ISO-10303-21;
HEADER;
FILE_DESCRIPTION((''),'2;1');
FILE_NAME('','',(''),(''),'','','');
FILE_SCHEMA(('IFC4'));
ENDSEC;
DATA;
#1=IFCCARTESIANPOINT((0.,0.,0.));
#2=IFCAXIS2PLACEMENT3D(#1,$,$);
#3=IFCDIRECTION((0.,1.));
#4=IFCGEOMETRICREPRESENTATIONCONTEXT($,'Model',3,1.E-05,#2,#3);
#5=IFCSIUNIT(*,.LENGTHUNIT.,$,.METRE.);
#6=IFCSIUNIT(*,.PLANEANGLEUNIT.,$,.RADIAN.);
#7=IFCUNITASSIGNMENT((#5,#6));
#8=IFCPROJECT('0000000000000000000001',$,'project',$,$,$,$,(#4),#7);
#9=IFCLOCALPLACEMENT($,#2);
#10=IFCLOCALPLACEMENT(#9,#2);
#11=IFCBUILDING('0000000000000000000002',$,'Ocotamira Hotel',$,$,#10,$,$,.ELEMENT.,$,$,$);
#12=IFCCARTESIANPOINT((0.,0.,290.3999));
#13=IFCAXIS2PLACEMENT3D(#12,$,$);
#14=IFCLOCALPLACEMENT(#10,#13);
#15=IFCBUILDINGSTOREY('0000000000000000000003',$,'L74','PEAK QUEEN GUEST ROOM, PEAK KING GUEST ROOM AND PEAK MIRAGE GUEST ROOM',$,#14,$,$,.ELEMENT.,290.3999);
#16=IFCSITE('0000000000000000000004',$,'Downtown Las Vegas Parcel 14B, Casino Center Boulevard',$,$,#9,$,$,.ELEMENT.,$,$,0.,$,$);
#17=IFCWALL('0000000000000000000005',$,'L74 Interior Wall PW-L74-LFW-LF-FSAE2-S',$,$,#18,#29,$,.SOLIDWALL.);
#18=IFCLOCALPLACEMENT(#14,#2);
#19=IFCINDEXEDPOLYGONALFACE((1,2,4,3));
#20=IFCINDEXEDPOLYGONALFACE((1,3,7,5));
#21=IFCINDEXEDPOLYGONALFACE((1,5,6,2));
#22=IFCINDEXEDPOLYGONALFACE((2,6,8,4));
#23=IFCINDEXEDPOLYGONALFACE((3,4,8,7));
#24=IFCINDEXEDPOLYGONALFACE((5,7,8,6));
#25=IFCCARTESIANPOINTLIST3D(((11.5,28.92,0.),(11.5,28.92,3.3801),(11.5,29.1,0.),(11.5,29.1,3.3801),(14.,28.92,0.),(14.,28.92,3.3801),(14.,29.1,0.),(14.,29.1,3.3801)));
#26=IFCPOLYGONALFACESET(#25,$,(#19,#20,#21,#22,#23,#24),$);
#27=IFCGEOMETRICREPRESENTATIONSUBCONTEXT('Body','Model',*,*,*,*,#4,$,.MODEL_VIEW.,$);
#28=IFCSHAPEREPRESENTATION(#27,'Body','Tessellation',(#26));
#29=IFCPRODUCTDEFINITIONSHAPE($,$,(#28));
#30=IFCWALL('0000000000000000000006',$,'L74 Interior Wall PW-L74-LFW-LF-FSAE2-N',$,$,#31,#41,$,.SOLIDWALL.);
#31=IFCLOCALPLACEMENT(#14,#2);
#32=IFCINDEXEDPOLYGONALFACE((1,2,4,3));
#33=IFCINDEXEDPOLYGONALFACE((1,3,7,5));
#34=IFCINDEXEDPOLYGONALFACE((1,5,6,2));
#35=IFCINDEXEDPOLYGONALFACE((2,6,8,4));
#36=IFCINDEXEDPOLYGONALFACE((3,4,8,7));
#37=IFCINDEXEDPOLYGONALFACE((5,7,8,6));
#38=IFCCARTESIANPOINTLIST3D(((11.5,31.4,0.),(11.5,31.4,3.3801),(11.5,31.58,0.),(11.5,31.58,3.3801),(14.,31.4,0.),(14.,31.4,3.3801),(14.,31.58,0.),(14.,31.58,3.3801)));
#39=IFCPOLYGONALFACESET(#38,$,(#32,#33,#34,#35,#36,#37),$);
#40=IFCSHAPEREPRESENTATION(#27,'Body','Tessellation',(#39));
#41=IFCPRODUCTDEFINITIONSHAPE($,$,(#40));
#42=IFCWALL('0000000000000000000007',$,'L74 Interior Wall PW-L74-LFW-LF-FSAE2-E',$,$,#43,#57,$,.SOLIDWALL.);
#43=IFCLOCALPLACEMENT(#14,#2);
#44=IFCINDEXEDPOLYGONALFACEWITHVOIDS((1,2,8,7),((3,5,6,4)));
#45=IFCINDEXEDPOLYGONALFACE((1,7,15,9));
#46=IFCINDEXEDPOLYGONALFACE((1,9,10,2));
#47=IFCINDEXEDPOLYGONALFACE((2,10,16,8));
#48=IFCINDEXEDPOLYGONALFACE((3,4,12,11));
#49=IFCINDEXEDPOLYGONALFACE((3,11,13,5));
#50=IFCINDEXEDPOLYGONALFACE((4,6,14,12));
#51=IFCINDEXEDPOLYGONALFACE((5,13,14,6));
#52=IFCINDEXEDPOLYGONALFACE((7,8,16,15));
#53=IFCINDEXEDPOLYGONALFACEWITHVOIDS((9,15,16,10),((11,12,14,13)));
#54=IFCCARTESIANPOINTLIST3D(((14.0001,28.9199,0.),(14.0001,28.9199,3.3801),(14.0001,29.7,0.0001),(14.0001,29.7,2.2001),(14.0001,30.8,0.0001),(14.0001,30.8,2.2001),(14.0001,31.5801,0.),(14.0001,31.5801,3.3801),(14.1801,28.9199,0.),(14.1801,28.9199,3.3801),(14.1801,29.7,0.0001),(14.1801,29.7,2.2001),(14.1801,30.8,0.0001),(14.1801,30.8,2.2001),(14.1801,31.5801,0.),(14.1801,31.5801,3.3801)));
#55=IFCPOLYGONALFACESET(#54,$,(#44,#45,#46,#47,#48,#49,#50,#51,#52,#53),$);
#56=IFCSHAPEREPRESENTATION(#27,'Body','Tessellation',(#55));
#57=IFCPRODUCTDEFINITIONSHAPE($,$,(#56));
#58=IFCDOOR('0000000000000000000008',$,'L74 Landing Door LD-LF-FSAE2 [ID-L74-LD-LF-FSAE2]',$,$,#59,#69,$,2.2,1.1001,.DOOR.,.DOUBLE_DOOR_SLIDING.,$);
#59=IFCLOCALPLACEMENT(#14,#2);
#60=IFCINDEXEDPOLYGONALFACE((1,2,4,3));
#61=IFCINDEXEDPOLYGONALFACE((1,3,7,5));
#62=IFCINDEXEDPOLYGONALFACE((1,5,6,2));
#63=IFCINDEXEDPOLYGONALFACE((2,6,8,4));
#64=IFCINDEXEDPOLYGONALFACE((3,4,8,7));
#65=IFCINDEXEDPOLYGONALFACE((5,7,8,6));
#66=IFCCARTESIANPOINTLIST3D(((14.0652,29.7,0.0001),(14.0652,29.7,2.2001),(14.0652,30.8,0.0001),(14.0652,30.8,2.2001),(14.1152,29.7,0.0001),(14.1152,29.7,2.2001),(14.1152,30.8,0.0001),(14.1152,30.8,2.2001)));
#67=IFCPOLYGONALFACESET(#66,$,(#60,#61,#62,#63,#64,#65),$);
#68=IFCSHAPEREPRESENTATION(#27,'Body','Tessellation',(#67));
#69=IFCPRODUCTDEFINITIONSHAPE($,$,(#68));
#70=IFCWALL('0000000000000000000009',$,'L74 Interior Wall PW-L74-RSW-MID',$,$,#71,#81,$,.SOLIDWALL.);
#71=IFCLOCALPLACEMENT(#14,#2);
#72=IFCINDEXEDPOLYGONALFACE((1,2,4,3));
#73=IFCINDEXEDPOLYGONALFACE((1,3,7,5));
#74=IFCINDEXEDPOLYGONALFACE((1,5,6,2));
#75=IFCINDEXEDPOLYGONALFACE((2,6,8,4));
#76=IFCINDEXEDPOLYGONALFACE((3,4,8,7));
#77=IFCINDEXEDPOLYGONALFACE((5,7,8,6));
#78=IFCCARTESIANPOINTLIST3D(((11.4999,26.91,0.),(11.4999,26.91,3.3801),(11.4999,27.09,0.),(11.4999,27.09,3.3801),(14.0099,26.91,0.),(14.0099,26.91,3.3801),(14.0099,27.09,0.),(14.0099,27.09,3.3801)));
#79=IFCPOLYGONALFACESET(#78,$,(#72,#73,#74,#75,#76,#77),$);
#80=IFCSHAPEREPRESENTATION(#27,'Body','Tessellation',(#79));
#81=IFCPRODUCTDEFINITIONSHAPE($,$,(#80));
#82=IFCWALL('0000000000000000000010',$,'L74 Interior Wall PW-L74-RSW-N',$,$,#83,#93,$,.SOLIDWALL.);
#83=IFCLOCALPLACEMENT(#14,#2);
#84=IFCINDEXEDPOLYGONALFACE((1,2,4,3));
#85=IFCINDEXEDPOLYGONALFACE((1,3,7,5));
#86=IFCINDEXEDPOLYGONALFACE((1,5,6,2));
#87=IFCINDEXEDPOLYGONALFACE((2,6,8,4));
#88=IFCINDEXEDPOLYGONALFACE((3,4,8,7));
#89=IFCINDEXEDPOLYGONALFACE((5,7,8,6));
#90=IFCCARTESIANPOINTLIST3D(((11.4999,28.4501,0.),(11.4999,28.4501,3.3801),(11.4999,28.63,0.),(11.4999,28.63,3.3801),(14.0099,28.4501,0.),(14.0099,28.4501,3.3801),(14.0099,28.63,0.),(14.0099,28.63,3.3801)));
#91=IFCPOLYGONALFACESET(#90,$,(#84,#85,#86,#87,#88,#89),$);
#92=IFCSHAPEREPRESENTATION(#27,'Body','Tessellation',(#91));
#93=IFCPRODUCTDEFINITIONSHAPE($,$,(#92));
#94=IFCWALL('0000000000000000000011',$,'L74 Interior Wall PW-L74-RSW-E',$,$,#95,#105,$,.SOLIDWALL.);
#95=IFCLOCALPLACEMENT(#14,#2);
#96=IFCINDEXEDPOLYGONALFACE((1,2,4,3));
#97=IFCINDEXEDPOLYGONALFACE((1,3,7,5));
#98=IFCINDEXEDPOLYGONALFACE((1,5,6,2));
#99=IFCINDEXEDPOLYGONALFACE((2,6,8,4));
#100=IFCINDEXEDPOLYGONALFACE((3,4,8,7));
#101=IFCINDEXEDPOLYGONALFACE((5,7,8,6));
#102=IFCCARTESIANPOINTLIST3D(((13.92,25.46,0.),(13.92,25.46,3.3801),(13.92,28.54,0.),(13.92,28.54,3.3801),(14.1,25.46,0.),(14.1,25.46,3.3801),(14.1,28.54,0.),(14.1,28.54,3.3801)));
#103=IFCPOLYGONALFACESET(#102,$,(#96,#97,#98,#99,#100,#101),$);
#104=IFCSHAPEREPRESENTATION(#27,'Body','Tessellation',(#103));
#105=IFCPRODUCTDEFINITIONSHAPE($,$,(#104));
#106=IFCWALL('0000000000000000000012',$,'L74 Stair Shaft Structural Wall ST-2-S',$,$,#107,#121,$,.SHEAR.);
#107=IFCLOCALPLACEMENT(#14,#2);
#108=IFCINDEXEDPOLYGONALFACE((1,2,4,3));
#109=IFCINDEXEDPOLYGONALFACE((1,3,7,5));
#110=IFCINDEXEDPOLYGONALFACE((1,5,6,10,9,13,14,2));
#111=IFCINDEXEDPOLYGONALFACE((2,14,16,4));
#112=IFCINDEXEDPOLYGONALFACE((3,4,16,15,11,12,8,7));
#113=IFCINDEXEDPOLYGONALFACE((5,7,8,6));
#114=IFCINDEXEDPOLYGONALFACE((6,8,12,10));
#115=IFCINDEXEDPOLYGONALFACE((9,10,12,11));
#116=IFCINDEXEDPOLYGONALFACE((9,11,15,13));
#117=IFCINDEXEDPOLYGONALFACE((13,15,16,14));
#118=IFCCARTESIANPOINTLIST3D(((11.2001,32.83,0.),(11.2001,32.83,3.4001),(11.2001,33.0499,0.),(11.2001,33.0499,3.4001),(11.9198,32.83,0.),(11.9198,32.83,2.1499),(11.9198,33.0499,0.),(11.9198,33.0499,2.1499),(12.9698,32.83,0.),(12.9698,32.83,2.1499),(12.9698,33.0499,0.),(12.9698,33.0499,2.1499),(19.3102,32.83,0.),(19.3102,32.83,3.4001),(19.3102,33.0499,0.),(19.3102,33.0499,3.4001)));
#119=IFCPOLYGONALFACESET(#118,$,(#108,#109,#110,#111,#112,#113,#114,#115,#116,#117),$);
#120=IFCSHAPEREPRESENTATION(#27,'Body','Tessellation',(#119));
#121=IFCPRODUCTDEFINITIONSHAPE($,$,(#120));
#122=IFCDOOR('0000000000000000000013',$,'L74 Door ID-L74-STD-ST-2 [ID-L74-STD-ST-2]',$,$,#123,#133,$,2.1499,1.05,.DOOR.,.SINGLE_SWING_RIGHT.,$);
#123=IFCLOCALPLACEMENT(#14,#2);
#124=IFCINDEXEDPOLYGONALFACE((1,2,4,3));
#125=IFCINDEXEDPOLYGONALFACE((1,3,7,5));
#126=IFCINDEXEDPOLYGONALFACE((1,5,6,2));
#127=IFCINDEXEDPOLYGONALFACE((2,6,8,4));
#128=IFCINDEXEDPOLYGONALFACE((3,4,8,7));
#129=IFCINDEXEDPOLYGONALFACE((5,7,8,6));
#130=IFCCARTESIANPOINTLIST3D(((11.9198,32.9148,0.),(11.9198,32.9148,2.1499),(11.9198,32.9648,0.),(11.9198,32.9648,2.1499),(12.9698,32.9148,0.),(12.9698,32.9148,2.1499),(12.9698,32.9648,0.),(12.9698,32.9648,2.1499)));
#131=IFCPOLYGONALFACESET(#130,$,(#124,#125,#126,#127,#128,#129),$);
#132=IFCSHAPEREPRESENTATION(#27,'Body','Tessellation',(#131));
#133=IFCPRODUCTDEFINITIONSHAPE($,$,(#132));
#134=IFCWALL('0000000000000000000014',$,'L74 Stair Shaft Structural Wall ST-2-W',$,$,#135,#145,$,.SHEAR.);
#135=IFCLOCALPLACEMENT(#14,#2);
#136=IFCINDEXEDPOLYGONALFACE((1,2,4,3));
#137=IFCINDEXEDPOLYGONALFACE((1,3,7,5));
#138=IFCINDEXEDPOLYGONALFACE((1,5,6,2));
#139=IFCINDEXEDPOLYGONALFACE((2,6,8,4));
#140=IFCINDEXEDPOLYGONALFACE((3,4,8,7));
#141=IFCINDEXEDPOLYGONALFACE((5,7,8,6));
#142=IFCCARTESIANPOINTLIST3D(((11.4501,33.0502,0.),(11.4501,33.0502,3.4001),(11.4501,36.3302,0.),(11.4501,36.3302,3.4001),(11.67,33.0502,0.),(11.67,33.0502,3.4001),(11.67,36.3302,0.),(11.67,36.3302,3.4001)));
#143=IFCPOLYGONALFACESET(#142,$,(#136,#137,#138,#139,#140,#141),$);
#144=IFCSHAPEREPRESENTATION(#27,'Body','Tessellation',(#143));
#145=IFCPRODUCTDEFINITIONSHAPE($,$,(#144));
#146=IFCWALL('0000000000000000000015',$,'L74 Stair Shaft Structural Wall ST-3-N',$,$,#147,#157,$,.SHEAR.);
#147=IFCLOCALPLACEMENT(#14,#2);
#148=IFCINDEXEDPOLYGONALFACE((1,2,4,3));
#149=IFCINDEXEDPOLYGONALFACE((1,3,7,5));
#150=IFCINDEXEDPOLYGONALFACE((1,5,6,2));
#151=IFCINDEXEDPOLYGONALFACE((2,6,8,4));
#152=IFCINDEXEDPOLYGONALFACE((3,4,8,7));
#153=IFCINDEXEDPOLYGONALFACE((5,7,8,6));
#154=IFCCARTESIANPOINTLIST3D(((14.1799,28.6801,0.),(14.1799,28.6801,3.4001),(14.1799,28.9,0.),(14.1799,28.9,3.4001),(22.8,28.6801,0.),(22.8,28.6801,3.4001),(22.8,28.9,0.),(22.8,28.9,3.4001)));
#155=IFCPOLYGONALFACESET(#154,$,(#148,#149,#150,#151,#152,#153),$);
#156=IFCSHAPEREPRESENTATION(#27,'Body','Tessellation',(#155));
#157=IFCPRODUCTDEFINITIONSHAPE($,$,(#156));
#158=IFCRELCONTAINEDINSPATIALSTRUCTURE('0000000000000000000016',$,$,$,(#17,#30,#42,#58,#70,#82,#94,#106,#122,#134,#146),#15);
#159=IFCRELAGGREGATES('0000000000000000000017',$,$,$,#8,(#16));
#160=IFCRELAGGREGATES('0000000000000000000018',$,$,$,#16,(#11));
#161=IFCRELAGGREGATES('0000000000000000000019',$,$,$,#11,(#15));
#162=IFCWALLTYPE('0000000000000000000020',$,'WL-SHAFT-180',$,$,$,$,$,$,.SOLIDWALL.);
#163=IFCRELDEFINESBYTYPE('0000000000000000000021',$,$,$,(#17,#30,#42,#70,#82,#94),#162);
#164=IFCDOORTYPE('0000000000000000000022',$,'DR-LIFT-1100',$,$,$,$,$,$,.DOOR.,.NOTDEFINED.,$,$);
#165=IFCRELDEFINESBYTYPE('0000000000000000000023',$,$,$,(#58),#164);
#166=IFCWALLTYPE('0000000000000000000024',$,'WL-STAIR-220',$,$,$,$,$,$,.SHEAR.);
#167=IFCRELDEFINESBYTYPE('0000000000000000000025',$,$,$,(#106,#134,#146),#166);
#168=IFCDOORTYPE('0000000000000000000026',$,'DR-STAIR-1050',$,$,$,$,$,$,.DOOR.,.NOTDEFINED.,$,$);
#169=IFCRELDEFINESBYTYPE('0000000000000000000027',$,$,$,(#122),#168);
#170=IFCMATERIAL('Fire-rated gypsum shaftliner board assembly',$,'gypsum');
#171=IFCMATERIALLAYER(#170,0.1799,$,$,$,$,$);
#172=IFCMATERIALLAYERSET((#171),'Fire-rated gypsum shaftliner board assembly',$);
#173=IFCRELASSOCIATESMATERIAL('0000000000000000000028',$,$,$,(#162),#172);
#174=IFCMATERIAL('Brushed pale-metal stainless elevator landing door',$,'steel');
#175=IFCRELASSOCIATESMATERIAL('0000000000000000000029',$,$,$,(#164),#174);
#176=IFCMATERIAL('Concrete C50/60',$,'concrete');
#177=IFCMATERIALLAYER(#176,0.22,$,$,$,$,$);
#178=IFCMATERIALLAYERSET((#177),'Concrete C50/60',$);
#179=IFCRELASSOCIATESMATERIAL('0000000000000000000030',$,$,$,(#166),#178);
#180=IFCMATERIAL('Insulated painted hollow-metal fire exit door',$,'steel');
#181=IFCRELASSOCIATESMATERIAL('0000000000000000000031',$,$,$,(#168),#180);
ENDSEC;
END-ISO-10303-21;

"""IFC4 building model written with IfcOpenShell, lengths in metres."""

from ifc_helpers import new_model, si_unit, direction, frame, frame_2d, origin, place, context, subcontext, project, spatial, rectangle, extrude, source, transform, mapped, material, layer, layer_set, type_object, element, fill, save


model = new_model("IFC4")

# Units and contexts
model_context = context("Model", 3, precision=1e-05, world=origin(), true_north=direction((0.0, 1.0)))
body_context = subcontext(model_context, "Body", "Model", "MODEL_VIEW")
ifc_project = project(units=[si_unit("LENGTHUNIT", "METRE"), si_unit("PLANEANGLEUNIT", "RADIAN")], contexts=[model_context])

# Site, building, storey
site_placement = place(None, origin())
site = spatial("IfcSite", under=ifc_project, at=site_placement, Name="Downtown Las Vegas Parcel 14B, Casino Center Boulevard", CompositionType="ELEMENT", RefElevation=0.0)
building_placement = place(site_placement, origin())
building = spatial("IfcBuilding", under=site, at=building_placement, Name="Ocotamira Hotel", CompositionType="ELEMENT")
storey_placement = place(building_placement, frame((0.0, 0.0, 290.3999)))
storey = spatial("IfcBuildingStorey", under=building, at=storey_placement, Name="L74", Description="PEAK QUEEN GUEST ROOM, PEAK KING GUEST ROOM AND PEAK MIRAGE GUEST ROOM", CompositionType="ELEMENT", Elevation=290.3999)

# Walls
ifc_material_1 = material(Name="Fire-rated gypsum shaftliner board assembly", Category="gypsum")
ifc_layer_1 = layer(ifc_material_1, 0.1799)
ifc_layer_set_1 = layer_set([ifc_layer_1], Name="Fire-rated gypsum shaftliner board assembly")
wall_type_1 = type_object("IfcWallType", Name="WL-SHAFT-180", PredefinedType="SOLIDWALL", material=ifc_layer_set_1)
for number, where, z_axis, x_axis, name in (
    (1, (11.5, 29.01, 0.0), (0.0, 0.0, 1.0), (1.0, 0.0, 0.0), "L74 Interior Wall PW-L74-LFW-LF-FSAE2-S"),
    (2, (11.5, 31.49, 0.0), (0.0, 0.0, 1.0), (1.0, 0.0, 0.0), "L74 Interior Wall PW-L74-LFW-LF-FSAE2-N"),
):
    element("IfcWall", number, at=place(storey_placement, frame(where, z_axis=z_axis, x_axis=x_axis)), inside=storey, type_object=wall_type_1, Name=name, PredefinedType="SOLIDWALL", context=body_context, shape_type="SweptSolid", body=[
        extrude(rectangle(XDim=2.5, YDim=0.1799, at=frame_2d((1.25, 0.0))), origin(), (0.0, 0.0, 1.0), 3.3801),
    ])

# Wall, opening, door
wall_1_placement = place(storey_placement, frame((14.0901, 28.9199, 0.0), z_axis=(0.0, 0.0, 1.0), x_axis=(0.0, 1.0, 0.0)))
wall_1 = element("IfcWall", 3, at=wall_1_placement, inside=storey, type_object=wall_type_1, Name="L74 Interior Wall PW-L74-LFW-LF-FSAE2-E", PredefinedType="SOLIDWALL", context=body_context, shape_type="SweptSolid", body=[
    extrude(rectangle(XDim=2.6602, YDim=0.1799, at=frame_2d((1.3301, 0.0))), origin(), (0.0, 0.0, 1.0), 3.3801),
])
opening_1_placement = place(wall_1_placement, frame((0.78, 0.0, 0.0)))
opening_1 = element("IfcOpeningElement", 4, at=opening_1_placement, cuts=wall_1, PredefinedType="OPENING", context=body_context, shape_type="SweptSolid", body=[
    extrude(rectangle(XDim=1.1001, YDim=2.2, at=frame_2d((0.55, 1.1001))), frame((0.0, 0.1001, 0.0), z_axis=(0.0, -1.0, 0.0), x_axis=(1.0, 0.0, 0.0)), (0.0, 0.0, 1.0), 0.2),
])
ifc_material_2 = material(Name="Brushed pale-metal stainless elevator landing door", Category="steel")
door_type_1 = type_object("IfcDoorType", Name="DR-LIFT-1100", OperationType="NOTDEFINED", PredefinedType="DOOR", material=ifc_material_2)
shared_shape_1 = source(origin(), body_context, "Body", "SweptSolid", [
    extrude(rectangle(XDim=1.1001, YDim=2.2, at=frame_2d((0.55, 1.1001))), frame((0.0, 0.0249, 0.0), z_axis=(0.0, -1.0, 0.0), x_axis=(1.0, 0.0, 0.0)), (0.0, 0.0, 1.0), 0.05),
])
door_1_placement = place(opening_1_placement, origin())
door_1 = element("IfcDoor", 5, at=door_1_placement, inside=storey, type_object=door_type_1, Name="L74 Landing Door LD-LF-FSAE2 [ID-L74-LD-LF-FSAE2]", OperationType="DOUBLE_DOOR_SLIDING", OverallHeight=2.2, OverallWidth=1.1001, PredefinedType="DOOR", context=body_context, shape_type="MappedRepresentation", body=[
    mapped(shared_shape_1, transform((0.0, 0.0, 0.0), scale=1.0)),
])
fill(opening_1, door_1)

# Walls
for number, where, z_axis, x_axis, name in (
    (6, (11.5, 27.0, 0.0), (0.0, 0.0, 1.0), (1.0, 0.0, 0.0), "L74 Interior Wall PW-L74-RSW-MID"),
    (7, (11.5, 28.54, 0.0), (0.0, 0.0, 1.0), (1.0, 0.0, 0.0), "L74 Interior Wall PW-L74-RSW-N"),
):
    element("IfcWall", number, at=place(storey_placement, frame(where, z_axis=z_axis, x_axis=x_axis)), inside=storey, type_object=wall_type_1, Name=name, PredefinedType="SOLIDWALL", context=body_context, shape_type="SweptSolid", body=[
        extrude(rectangle(XDim=2.51, YDim=0.1799, at=frame_2d((1.2549, 0.0))), origin(), (0.0, 0.0, 1.0), 3.3801),
    ])
wall_2_placement = place(storey_placement, frame((14.01, 25.46, 0.0), z_axis=(0.0, 0.0, 1.0), x_axis=(0.0, 1.0, 0.0)))
element("IfcWall", 8, at=wall_2_placement, inside=storey, type_object=wall_type_1, Name="L74 Interior Wall PW-L74-RSW-E", PredefinedType="SOLIDWALL", context=body_context, shape_type="SweptSolid", body=[
    extrude(rectangle(XDim=3.0801, YDim=0.1799, at=frame_2d((1.54, 0.0))), origin(), (0.0, 0.0, 1.0), 3.3801),
])

# Wall, opening, door
ifc_material_3 = material(Name="Concrete C50/60", Category="concrete")
ifc_layer_2 = layer(ifc_material_3, 0.22)
ifc_layer_set_2 = layer_set([ifc_layer_2], Name="Concrete C50/60")
wall_type_2 = type_object("IfcWallType", Name="WL-STAIR-220", PredefinedType="SHEAR", material=ifc_layer_set_2)
wall_3_placement = place(storey_placement, frame((11.2, 32.9399, 0.0), z_axis=(0.0, 0.0, 1.0), x_axis=(1.0, 0.0, 0.0)))
wall_3 = element("IfcWall", 9, at=wall_3_placement, inside=storey, type_object=wall_type_2, Name="L74 Stair Shaft Structural Wall ST-2-S", PredefinedType="SHEAR", context=body_context, shape_type="SweptSolid", body=[
    extrude(rectangle(XDim=8.1101, YDim=0.22, at=frame_2d((4.0552, 0.0))), origin(), (0.0, 0.0, 1.0), 3.4001),
])
opening_2_placement = place(wall_3_placement, frame((0.72, 0.0, 0.0)))
opening_2 = element("IfcOpeningElement", 10, at=opening_2_placement, cuts=wall_3, PredefinedType="OPENING", context=body_context, shape_type="SweptSolid", body=[
    extrude(rectangle(XDim=1.05, YDim=2.1499, at=frame_2d((0.5249, 1.075))), frame((0.0, 0.1201, 0.0), z_axis=(0.0, -1.0, 0.0), x_axis=(1.0, 0.0, 0.0)), (0.0, 0.0, 1.0), 0.24),
])
ifc_material_4 = material(Name="Insulated painted hollow-metal fire exit door", Category="steel")
door_type_2 = type_object("IfcDoorType", Name="DR-STAIR-1050", OperationType="NOTDEFINED", PredefinedType="DOOR", material=ifc_material_4)
shared_shape_2 = source(origin(), body_context, "Body", "SweptSolid", [
    extrude(rectangle(XDim=1.05, YDim=2.1499, at=frame_2d((0.5249, 1.075))), frame((0.0, 0.0249, 0.0), z_axis=(0.0, -1.0, 0.0), x_axis=(1.0, 0.0, 0.0)), (0.0, 0.0, 1.0), 0.05),
])
door_2_placement = place(opening_2_placement, origin())
door_2 = element("IfcDoor", 11, at=door_2_placement, inside=storey, type_object=door_type_2, Name="L74 Door ID-L74-STD-ST-2 [ID-L74-STD-ST-2]", OperationType="SINGLE_SWING_RIGHT", OverallHeight=2.1499, OverallWidth=1.05, PredefinedType="DOOR", context=body_context, shape_type="MappedRepresentation", body=[
    mapped(shared_shape_2, transform((0.0, 0.0, 0.0), scale=1.0)),
])
fill(opening_2, door_2)

# Walls
wall_4_placement = place(storey_placement, frame((11.5601, 33.05, 0.0), z_axis=(0.0, 0.0, 1.0), x_axis=(0.0, 1.0, 0.0)))
element("IfcWall", 12, at=wall_4_placement, inside=storey, type_object=wall_type_2, Name="L74 Stair Shaft Structural Wall ST-2-W", PredefinedType="SHEAR", context=body_context, shape_type="SweptSolid", body=[
    extrude(rectangle(XDim=3.28, YDim=0.22, at=frame_2d((1.6401, 0.0))), origin(), (0.0, 0.0, 1.0), 3.4001),
])
wall_5_placement = place(storey_placement, frame((14.1799, 28.79, 0.0), z_axis=(0.0, 0.0, 1.0), x_axis=(1.0, 0.0, 0.0)))
element("IfcWall", 13, at=wall_5_placement, inside=storey, type_object=wall_type_2, Name="L74 Stair Shaft Structural Wall ST-3-N", PredefinedType="SHEAR", context=body_context, shape_type="SweptSolid", body=[
    extrude(rectangle(XDim=8.6201, YDim=0.22, at=frame_2d((4.3101, 0.0))), origin(), (0.0, 0.0, 1.0), 3.4001),
])

save(model, "model.ifc")
